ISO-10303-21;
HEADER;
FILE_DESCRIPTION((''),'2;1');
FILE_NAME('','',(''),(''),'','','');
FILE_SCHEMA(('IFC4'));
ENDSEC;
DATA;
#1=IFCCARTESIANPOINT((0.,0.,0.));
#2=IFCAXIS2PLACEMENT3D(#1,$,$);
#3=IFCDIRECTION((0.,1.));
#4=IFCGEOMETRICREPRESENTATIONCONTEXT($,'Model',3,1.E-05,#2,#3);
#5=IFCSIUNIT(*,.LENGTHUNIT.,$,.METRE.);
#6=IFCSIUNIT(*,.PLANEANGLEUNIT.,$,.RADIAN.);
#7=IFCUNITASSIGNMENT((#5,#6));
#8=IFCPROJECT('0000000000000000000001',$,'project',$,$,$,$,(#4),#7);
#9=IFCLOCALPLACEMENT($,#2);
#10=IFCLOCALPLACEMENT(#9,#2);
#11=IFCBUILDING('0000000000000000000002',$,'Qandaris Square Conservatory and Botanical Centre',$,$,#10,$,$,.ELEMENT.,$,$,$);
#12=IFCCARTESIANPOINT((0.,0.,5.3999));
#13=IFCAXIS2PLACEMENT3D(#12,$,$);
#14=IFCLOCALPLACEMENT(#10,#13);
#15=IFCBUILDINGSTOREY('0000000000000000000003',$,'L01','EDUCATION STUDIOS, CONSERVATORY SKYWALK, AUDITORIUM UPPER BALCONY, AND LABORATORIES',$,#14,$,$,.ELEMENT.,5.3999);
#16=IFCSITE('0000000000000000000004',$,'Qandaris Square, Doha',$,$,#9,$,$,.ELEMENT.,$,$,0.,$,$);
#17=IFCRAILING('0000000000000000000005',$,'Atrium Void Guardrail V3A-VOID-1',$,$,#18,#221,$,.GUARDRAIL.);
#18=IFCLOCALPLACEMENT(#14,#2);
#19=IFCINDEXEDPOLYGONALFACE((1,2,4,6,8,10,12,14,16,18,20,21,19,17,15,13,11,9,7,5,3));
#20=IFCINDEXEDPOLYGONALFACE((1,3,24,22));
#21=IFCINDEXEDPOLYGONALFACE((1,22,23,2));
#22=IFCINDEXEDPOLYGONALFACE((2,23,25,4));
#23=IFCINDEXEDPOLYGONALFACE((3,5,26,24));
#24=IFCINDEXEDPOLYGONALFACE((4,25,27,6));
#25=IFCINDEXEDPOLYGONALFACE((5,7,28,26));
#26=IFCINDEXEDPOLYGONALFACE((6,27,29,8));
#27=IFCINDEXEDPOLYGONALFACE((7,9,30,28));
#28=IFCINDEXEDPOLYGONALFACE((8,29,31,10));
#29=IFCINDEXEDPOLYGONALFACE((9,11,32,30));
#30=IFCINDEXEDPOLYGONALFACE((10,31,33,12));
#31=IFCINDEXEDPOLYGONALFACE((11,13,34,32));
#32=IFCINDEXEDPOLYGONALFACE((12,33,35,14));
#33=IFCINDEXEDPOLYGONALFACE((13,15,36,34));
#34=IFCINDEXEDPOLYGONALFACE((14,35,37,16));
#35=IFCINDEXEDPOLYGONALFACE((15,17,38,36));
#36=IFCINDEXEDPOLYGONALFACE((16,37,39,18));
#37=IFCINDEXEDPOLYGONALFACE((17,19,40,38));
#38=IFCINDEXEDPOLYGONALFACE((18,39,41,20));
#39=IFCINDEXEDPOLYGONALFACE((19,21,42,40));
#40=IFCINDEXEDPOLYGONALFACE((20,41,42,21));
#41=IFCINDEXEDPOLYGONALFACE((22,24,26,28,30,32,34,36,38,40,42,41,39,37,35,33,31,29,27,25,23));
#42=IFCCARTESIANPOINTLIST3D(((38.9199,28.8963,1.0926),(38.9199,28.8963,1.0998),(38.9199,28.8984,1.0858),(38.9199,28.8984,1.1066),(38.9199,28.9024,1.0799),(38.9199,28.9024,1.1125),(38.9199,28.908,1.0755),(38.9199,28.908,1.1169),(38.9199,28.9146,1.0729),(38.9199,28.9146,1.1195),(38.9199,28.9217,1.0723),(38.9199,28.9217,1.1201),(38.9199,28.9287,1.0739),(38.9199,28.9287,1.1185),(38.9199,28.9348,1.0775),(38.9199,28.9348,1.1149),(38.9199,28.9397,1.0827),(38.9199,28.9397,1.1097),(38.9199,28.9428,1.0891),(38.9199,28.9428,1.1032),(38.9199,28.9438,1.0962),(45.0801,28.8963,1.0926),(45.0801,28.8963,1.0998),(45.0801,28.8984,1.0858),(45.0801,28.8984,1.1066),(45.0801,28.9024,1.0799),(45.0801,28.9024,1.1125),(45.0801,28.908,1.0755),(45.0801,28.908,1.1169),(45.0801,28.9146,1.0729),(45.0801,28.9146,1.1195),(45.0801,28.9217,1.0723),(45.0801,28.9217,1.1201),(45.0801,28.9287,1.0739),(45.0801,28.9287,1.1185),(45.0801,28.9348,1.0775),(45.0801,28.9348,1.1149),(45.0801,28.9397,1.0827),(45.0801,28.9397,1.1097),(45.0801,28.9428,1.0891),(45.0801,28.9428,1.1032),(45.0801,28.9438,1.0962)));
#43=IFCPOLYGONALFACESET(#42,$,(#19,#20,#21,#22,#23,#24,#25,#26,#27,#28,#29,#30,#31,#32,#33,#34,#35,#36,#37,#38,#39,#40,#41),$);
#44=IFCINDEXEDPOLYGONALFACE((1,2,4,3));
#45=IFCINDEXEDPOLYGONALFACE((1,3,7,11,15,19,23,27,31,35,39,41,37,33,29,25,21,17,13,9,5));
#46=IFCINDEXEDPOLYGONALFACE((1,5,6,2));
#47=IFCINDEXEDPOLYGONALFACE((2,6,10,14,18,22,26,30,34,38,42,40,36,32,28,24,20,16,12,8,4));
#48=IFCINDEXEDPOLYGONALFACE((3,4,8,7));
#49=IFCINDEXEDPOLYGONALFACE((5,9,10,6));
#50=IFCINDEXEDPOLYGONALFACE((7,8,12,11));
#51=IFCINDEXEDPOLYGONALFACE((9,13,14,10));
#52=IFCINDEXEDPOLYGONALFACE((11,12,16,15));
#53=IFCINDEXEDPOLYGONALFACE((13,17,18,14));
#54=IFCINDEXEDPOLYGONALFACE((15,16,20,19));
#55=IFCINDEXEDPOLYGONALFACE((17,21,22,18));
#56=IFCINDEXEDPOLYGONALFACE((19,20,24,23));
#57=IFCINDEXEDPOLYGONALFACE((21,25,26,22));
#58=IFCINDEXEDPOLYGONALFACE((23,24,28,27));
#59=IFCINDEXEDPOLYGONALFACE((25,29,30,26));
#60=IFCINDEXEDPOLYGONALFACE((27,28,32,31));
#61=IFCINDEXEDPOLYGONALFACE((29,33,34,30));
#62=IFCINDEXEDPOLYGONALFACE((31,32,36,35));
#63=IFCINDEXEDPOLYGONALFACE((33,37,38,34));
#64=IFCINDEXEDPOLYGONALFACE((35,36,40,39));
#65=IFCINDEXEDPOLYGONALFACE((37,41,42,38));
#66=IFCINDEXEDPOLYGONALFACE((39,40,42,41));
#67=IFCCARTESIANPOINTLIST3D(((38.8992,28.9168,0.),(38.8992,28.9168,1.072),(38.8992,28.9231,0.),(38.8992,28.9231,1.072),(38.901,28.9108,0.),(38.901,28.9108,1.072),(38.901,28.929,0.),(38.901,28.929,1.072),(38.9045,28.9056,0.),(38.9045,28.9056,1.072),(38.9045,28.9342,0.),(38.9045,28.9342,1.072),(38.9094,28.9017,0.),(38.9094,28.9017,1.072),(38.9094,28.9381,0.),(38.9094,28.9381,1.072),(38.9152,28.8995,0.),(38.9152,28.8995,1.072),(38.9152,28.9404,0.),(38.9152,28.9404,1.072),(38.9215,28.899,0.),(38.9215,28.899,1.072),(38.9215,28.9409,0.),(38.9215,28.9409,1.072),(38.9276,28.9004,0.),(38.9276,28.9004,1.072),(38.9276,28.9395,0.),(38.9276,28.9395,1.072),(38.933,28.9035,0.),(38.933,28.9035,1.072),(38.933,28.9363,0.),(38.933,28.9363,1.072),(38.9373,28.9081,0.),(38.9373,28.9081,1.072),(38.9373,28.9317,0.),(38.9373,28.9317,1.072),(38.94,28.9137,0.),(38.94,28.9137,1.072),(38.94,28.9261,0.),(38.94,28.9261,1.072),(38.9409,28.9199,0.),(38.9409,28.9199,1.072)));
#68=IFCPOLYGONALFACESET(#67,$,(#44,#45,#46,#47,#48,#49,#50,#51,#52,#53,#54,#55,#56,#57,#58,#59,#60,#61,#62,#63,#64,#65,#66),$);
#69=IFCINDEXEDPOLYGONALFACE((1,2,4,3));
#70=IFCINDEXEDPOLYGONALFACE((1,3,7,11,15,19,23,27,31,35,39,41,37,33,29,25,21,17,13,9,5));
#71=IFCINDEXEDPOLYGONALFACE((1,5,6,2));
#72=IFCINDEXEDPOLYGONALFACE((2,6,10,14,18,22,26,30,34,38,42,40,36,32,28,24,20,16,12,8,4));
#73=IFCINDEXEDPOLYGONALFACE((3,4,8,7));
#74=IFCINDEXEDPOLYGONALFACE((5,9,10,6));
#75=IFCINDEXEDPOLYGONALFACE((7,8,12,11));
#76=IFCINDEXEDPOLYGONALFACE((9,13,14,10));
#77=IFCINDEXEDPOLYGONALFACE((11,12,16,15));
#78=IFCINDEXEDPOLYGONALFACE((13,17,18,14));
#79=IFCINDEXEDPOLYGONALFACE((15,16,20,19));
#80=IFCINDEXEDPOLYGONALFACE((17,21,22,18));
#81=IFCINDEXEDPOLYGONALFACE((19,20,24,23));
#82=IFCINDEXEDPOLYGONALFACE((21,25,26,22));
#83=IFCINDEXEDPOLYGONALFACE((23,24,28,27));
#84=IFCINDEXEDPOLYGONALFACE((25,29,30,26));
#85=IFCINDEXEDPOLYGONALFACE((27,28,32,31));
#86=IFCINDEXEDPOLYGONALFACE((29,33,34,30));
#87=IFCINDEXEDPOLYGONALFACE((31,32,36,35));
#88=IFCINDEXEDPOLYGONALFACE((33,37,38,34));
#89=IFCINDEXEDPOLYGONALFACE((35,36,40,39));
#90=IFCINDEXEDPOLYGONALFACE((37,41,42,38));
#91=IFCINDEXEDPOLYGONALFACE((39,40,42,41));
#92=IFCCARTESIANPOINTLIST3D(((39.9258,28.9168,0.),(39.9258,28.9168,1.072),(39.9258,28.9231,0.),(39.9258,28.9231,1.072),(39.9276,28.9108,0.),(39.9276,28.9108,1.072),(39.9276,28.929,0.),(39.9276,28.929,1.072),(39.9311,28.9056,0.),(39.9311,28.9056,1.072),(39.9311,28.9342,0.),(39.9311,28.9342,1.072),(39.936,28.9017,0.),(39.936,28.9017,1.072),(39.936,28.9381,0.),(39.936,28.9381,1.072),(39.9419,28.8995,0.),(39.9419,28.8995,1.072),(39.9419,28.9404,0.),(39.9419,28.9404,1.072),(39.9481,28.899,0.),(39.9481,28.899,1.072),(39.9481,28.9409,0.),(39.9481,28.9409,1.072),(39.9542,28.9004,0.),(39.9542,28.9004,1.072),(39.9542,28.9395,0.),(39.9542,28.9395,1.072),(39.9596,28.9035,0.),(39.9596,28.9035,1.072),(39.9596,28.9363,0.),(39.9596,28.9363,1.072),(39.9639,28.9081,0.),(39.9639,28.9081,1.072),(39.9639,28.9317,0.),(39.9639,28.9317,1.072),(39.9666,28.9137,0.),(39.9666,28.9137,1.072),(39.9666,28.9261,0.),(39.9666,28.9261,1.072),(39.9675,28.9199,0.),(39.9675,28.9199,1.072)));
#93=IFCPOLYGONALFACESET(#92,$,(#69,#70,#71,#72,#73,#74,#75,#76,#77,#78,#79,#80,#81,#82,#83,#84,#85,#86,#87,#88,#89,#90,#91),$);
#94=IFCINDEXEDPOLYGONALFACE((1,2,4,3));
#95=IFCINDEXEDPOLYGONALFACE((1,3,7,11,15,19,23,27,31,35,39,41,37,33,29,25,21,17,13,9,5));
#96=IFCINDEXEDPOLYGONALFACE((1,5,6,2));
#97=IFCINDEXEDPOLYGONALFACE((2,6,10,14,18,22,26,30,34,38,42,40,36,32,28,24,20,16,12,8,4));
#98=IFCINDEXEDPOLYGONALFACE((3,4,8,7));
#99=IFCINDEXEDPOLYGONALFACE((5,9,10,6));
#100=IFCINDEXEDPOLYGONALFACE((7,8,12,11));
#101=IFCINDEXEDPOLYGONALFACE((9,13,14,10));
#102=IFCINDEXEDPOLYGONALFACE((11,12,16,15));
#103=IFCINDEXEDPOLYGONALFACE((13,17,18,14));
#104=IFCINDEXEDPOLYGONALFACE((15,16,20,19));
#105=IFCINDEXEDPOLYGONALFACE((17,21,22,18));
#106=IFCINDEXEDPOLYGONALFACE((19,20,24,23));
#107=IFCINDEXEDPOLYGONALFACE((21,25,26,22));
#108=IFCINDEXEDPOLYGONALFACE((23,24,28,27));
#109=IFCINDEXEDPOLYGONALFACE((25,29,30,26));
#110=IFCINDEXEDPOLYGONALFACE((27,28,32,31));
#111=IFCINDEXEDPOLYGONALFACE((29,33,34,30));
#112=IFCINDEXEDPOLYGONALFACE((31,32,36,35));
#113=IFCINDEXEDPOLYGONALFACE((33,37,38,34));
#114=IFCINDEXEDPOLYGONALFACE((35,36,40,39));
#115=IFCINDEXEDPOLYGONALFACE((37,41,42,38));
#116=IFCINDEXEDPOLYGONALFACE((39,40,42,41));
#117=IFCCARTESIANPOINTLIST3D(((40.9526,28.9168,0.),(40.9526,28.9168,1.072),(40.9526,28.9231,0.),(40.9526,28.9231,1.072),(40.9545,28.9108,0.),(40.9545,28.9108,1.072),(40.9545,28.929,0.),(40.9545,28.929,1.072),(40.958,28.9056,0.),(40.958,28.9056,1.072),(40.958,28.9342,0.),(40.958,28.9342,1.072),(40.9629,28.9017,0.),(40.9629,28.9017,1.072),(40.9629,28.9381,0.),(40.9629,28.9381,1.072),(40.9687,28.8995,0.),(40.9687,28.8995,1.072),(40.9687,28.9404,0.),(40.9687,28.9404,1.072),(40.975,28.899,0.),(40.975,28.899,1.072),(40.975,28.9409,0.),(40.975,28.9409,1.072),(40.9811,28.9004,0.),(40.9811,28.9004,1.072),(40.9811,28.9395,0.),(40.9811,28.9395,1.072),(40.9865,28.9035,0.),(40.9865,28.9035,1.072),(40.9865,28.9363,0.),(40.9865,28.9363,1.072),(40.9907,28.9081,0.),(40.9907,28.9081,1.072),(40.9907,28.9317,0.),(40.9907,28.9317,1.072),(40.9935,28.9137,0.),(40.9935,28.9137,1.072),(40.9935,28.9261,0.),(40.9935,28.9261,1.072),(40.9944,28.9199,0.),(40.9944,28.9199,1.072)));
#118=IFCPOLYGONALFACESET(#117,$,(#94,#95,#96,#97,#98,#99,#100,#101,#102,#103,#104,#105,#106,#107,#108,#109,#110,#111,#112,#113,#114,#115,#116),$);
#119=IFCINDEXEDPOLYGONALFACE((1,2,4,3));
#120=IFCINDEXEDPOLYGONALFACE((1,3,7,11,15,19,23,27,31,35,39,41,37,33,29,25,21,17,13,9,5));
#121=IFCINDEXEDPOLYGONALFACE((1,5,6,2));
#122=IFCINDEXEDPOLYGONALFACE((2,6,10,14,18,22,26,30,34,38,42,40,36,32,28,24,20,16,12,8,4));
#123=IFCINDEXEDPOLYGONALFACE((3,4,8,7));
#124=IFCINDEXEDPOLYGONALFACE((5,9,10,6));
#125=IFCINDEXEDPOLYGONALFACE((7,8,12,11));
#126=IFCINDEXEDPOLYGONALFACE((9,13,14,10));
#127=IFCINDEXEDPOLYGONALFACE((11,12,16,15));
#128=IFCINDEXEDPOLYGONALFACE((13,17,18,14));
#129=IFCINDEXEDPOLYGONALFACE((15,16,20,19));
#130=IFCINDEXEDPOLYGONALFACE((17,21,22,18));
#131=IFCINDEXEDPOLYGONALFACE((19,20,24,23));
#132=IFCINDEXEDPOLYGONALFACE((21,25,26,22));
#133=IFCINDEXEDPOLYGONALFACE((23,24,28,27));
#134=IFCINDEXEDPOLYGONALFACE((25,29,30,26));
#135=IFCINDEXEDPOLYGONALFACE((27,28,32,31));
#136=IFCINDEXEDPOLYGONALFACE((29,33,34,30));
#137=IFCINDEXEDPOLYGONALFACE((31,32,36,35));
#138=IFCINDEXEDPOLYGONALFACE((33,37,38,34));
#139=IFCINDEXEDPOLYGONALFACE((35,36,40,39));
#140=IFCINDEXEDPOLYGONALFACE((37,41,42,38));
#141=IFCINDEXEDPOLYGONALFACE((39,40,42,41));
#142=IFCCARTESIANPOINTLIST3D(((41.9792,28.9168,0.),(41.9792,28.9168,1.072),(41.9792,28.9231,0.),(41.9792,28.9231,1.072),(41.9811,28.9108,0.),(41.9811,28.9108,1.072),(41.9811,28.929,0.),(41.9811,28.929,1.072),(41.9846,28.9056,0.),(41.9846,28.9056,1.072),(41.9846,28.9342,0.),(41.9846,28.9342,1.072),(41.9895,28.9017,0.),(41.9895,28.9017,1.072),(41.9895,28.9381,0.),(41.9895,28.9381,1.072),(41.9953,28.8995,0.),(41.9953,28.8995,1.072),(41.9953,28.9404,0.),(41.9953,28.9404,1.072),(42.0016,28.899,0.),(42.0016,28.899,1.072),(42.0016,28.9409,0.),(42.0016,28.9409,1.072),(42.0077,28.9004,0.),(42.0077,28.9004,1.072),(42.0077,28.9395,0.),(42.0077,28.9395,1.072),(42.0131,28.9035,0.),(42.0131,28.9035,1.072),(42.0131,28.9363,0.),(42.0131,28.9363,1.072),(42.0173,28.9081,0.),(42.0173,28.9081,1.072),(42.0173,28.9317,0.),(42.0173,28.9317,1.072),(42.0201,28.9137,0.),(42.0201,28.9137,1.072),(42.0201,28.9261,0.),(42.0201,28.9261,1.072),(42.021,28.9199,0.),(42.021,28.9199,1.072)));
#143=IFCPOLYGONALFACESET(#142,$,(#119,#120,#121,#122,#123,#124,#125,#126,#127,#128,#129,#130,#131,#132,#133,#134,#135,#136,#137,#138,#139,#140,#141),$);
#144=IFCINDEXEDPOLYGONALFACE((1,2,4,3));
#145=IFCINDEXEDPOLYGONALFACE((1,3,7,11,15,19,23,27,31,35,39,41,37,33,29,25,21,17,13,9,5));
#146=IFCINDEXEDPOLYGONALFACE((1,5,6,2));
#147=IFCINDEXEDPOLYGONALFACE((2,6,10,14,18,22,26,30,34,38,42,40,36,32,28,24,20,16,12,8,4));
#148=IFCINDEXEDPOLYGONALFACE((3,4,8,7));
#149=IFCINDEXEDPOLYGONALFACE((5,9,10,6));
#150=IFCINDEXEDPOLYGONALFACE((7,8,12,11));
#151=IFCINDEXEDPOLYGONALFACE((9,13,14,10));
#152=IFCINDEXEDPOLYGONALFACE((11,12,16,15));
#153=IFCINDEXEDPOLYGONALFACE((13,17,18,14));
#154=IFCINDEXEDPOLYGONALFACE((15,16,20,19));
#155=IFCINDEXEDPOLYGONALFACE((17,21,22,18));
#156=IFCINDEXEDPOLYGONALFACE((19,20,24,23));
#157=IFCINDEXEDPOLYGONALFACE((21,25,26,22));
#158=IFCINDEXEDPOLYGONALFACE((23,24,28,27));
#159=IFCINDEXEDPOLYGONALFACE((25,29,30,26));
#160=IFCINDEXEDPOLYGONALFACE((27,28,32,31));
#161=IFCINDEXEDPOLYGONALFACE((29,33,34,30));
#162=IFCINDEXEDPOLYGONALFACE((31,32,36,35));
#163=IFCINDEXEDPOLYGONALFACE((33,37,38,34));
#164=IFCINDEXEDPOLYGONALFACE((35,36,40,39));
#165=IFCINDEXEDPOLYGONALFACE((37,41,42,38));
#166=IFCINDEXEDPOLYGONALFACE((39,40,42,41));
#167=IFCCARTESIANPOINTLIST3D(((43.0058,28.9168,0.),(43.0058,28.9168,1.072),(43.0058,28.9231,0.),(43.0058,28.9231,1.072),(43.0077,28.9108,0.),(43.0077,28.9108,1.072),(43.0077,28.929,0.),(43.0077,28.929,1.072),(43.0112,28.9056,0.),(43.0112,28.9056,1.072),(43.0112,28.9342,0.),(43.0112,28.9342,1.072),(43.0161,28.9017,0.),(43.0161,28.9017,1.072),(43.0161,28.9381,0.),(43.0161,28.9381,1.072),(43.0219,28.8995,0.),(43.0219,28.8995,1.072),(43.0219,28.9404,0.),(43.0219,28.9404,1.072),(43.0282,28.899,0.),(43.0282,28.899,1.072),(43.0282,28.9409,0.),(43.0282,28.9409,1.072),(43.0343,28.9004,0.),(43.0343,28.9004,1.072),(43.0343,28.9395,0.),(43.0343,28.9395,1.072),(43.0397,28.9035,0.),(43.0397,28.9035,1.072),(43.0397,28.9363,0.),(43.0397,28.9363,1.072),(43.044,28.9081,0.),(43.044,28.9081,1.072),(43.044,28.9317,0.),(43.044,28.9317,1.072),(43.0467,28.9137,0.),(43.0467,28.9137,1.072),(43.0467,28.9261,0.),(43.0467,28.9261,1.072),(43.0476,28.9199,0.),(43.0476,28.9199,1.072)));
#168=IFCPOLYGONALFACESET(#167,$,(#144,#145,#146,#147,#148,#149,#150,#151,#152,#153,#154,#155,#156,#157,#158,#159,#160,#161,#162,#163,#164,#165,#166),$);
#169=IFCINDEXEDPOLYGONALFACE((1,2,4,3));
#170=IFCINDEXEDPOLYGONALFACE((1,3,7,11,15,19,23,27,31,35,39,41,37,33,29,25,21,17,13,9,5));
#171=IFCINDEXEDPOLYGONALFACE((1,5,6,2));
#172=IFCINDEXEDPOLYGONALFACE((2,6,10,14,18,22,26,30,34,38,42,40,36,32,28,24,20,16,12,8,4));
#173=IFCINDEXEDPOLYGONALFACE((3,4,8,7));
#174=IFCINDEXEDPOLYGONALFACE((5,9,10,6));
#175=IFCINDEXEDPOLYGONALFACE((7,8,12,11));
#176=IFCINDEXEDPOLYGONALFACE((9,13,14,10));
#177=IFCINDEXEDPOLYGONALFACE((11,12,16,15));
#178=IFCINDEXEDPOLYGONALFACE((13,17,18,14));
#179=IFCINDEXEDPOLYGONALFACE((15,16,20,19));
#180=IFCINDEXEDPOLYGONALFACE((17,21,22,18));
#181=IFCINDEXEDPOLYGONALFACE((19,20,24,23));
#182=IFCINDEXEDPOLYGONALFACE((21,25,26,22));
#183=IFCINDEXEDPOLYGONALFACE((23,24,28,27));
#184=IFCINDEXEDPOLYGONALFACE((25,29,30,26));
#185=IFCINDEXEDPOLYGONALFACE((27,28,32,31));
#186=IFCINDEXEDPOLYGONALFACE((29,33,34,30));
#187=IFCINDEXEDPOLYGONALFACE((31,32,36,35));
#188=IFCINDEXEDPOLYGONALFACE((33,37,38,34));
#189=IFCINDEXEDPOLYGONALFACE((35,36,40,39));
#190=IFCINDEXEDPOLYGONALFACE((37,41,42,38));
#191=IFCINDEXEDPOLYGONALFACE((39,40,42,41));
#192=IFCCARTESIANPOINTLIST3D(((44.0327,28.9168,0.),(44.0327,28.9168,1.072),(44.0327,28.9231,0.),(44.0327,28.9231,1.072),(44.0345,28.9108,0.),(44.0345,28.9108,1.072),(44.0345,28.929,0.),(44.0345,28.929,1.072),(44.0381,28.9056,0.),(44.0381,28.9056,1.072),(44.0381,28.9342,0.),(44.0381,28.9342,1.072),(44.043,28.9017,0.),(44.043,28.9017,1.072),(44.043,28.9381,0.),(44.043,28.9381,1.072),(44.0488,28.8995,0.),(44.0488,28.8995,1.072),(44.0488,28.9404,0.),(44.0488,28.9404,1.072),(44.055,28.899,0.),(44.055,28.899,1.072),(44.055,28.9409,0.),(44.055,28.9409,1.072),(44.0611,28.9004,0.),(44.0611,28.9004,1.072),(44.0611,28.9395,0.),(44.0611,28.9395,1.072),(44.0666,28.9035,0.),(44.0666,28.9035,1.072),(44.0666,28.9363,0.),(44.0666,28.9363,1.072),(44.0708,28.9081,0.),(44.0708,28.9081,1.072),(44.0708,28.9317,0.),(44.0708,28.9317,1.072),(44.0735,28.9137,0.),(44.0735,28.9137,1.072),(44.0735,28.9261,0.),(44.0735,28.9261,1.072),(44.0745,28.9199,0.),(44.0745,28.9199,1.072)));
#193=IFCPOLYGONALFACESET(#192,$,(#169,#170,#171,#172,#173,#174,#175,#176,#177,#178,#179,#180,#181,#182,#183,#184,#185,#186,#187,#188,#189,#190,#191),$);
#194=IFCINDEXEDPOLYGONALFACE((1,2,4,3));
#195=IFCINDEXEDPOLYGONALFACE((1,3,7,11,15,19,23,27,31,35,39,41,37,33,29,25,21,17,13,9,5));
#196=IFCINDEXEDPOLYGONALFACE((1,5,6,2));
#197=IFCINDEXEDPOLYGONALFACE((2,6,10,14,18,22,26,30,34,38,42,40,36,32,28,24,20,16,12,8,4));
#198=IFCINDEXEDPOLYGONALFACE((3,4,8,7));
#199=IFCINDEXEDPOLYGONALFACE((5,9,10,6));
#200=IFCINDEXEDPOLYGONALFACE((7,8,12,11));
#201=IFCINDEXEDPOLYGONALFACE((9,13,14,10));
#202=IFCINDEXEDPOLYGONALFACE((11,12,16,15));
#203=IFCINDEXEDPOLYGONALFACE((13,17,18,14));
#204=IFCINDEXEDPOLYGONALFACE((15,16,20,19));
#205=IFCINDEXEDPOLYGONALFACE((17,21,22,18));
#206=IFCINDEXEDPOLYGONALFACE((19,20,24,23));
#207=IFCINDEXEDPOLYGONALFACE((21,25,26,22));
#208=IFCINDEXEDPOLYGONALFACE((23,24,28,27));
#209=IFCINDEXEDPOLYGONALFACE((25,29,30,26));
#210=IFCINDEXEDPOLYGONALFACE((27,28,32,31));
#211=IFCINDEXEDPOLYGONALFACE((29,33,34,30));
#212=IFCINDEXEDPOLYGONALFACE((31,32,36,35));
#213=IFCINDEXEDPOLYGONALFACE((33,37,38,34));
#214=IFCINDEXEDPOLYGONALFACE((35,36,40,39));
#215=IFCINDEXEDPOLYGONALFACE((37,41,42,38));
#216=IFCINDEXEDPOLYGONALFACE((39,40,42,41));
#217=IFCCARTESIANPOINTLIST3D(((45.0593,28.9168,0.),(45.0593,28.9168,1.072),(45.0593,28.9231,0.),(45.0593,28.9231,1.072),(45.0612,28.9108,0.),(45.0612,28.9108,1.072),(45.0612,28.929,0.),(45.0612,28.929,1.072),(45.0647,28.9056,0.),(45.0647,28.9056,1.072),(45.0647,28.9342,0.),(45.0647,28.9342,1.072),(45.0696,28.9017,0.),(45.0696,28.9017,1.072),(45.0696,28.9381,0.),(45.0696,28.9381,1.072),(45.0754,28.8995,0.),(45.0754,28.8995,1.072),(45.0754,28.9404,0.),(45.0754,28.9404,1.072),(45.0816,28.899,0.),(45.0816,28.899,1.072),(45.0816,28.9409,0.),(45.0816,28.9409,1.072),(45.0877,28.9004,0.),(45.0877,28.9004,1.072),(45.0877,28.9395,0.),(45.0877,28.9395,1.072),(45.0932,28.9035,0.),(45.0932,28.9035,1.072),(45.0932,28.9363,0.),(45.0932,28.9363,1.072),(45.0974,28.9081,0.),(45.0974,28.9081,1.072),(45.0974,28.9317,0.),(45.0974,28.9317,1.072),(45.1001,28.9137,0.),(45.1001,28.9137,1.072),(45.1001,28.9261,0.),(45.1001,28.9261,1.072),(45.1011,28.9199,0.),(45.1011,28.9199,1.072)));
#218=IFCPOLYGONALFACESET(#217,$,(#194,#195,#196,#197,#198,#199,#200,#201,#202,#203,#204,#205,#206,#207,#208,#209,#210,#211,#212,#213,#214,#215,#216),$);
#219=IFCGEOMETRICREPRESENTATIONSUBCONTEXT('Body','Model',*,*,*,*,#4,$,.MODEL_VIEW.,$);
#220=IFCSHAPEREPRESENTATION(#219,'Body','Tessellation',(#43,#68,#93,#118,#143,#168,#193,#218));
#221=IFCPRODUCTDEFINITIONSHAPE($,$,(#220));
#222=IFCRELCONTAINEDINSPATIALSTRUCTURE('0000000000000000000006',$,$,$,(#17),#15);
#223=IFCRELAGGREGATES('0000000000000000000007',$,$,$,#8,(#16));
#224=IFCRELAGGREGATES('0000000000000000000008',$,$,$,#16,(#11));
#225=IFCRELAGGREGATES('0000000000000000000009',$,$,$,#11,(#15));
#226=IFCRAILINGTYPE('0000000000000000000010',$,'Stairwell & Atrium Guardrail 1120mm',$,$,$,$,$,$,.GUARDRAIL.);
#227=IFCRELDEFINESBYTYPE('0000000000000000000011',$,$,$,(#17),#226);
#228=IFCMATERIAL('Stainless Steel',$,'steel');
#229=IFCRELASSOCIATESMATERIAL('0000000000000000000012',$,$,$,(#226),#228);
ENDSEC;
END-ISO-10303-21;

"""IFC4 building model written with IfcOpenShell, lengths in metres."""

from ifc_helpers import new_model, si_unit, direction, frame, origin, origin_2d, place, context, subcontext, project, spatial, circle, extrude, material, type_object, element, save


model = new_model("IFC4")

# Units and contexts
model_context = context("Model", 3, precision=1e-05, world=origin(), true_north=direction((0.0, 1.0)))
body_context = subcontext(model_context, "Body", "Model", "MODEL_VIEW")
ifc_project = project(units=[si_unit("LENGTHUNIT", "METRE"), si_unit("PLANEANGLEUNIT", "RADIAN")], contexts=[model_context])

# Site, building, storey
site_placement = place(None, origin())
site = spatial("IfcSite", under=ifc_project, at=site_placement, Name="Qandaris Square, Doha", CompositionType="ELEMENT", RefElevation=0.0)
building_placement = place(site_placement, origin())
building = spatial("IfcBuilding", under=site, at=building_placement, Name="Qandaris Square Conservatory and Botanical Centre", CompositionType="ELEMENT")
storey_placement = place(building_placement, frame((0.0, 0.0, 5.3999)))
storey = spatial("IfcBuildingStorey", under=building, at=storey_placement, Name="L01", Description="EDUCATION STUDIOS, CONSERVATORY SKYWALK, AUDITORIUM UPPER BALCONY, AND LABORATORIES", CompositionType="ELEMENT", Elevation=5.3999)

# Railing
ifc_material_1 = material(Name="Stainless Steel", Category="steel")
railing_type = type_object("IfcRailingType", Name="Stairwell & Atrium Guardrail 1120mm", PredefinedType="GUARDRAIL", material=ifc_material_1)
railing_1_placement = place(storey_placement, frame((38.9199, 28.9199, 0.0)))
element("IfcRailing", 1, at=railing_1_placement, inside=storey, type_object=railing_type, Name="Atrium Void Guardrail V3A-VOID-1", PredefinedType="GUARDRAIL", context=body_context, shape_type="SweptSolid", body=[
    extrude(circle(Radius=0.0239, at=origin_2d()), frame((0.0, 0.0, 1.0962), z_axis=(1.0, 0.0, 0.0), x_axis=(0.0, 1.0, 0.0)), (0.0, 0.0, 1.0), 6.1602),
    extrude(circle(Radius=0.021, at=origin_2d()), origin(), (0.0, 0.0, 1.0), 1.072),
    extrude(circle(Radius=0.021, at=origin_2d()), frame((1.0266, 0.0, 0.0)), (0.0, 0.0, 1.0), 1.072),
    extrude(circle(Radius=0.021, at=origin_2d()), frame((2.0535, 0.0, 0.0)), (0.0, 0.0, 1.0), 1.072),
    extrude(circle(Radius=0.021, at=origin_2d()), frame((3.0801, 0.0, 0.0)), (0.0, 0.0, 1.0), 1.072),
    extrude(circle(Radius=0.021, at=origin_2d()), frame((4.1067, 0.0, 0.0)), (0.0, 0.0, 1.0), 1.072),
    extrude(circle(Radius=0.021, at=origin_2d()), frame((5.1335, 0.0, 0.0)), (0.0, 0.0, 1.0), 1.072),
    extrude(circle(Radius=0.021, at=origin_2d()), frame((6.1602, 0.0, 0.0)), (0.0, 0.0, 1.0), 1.072),
])

save(model, "model.ifc")
